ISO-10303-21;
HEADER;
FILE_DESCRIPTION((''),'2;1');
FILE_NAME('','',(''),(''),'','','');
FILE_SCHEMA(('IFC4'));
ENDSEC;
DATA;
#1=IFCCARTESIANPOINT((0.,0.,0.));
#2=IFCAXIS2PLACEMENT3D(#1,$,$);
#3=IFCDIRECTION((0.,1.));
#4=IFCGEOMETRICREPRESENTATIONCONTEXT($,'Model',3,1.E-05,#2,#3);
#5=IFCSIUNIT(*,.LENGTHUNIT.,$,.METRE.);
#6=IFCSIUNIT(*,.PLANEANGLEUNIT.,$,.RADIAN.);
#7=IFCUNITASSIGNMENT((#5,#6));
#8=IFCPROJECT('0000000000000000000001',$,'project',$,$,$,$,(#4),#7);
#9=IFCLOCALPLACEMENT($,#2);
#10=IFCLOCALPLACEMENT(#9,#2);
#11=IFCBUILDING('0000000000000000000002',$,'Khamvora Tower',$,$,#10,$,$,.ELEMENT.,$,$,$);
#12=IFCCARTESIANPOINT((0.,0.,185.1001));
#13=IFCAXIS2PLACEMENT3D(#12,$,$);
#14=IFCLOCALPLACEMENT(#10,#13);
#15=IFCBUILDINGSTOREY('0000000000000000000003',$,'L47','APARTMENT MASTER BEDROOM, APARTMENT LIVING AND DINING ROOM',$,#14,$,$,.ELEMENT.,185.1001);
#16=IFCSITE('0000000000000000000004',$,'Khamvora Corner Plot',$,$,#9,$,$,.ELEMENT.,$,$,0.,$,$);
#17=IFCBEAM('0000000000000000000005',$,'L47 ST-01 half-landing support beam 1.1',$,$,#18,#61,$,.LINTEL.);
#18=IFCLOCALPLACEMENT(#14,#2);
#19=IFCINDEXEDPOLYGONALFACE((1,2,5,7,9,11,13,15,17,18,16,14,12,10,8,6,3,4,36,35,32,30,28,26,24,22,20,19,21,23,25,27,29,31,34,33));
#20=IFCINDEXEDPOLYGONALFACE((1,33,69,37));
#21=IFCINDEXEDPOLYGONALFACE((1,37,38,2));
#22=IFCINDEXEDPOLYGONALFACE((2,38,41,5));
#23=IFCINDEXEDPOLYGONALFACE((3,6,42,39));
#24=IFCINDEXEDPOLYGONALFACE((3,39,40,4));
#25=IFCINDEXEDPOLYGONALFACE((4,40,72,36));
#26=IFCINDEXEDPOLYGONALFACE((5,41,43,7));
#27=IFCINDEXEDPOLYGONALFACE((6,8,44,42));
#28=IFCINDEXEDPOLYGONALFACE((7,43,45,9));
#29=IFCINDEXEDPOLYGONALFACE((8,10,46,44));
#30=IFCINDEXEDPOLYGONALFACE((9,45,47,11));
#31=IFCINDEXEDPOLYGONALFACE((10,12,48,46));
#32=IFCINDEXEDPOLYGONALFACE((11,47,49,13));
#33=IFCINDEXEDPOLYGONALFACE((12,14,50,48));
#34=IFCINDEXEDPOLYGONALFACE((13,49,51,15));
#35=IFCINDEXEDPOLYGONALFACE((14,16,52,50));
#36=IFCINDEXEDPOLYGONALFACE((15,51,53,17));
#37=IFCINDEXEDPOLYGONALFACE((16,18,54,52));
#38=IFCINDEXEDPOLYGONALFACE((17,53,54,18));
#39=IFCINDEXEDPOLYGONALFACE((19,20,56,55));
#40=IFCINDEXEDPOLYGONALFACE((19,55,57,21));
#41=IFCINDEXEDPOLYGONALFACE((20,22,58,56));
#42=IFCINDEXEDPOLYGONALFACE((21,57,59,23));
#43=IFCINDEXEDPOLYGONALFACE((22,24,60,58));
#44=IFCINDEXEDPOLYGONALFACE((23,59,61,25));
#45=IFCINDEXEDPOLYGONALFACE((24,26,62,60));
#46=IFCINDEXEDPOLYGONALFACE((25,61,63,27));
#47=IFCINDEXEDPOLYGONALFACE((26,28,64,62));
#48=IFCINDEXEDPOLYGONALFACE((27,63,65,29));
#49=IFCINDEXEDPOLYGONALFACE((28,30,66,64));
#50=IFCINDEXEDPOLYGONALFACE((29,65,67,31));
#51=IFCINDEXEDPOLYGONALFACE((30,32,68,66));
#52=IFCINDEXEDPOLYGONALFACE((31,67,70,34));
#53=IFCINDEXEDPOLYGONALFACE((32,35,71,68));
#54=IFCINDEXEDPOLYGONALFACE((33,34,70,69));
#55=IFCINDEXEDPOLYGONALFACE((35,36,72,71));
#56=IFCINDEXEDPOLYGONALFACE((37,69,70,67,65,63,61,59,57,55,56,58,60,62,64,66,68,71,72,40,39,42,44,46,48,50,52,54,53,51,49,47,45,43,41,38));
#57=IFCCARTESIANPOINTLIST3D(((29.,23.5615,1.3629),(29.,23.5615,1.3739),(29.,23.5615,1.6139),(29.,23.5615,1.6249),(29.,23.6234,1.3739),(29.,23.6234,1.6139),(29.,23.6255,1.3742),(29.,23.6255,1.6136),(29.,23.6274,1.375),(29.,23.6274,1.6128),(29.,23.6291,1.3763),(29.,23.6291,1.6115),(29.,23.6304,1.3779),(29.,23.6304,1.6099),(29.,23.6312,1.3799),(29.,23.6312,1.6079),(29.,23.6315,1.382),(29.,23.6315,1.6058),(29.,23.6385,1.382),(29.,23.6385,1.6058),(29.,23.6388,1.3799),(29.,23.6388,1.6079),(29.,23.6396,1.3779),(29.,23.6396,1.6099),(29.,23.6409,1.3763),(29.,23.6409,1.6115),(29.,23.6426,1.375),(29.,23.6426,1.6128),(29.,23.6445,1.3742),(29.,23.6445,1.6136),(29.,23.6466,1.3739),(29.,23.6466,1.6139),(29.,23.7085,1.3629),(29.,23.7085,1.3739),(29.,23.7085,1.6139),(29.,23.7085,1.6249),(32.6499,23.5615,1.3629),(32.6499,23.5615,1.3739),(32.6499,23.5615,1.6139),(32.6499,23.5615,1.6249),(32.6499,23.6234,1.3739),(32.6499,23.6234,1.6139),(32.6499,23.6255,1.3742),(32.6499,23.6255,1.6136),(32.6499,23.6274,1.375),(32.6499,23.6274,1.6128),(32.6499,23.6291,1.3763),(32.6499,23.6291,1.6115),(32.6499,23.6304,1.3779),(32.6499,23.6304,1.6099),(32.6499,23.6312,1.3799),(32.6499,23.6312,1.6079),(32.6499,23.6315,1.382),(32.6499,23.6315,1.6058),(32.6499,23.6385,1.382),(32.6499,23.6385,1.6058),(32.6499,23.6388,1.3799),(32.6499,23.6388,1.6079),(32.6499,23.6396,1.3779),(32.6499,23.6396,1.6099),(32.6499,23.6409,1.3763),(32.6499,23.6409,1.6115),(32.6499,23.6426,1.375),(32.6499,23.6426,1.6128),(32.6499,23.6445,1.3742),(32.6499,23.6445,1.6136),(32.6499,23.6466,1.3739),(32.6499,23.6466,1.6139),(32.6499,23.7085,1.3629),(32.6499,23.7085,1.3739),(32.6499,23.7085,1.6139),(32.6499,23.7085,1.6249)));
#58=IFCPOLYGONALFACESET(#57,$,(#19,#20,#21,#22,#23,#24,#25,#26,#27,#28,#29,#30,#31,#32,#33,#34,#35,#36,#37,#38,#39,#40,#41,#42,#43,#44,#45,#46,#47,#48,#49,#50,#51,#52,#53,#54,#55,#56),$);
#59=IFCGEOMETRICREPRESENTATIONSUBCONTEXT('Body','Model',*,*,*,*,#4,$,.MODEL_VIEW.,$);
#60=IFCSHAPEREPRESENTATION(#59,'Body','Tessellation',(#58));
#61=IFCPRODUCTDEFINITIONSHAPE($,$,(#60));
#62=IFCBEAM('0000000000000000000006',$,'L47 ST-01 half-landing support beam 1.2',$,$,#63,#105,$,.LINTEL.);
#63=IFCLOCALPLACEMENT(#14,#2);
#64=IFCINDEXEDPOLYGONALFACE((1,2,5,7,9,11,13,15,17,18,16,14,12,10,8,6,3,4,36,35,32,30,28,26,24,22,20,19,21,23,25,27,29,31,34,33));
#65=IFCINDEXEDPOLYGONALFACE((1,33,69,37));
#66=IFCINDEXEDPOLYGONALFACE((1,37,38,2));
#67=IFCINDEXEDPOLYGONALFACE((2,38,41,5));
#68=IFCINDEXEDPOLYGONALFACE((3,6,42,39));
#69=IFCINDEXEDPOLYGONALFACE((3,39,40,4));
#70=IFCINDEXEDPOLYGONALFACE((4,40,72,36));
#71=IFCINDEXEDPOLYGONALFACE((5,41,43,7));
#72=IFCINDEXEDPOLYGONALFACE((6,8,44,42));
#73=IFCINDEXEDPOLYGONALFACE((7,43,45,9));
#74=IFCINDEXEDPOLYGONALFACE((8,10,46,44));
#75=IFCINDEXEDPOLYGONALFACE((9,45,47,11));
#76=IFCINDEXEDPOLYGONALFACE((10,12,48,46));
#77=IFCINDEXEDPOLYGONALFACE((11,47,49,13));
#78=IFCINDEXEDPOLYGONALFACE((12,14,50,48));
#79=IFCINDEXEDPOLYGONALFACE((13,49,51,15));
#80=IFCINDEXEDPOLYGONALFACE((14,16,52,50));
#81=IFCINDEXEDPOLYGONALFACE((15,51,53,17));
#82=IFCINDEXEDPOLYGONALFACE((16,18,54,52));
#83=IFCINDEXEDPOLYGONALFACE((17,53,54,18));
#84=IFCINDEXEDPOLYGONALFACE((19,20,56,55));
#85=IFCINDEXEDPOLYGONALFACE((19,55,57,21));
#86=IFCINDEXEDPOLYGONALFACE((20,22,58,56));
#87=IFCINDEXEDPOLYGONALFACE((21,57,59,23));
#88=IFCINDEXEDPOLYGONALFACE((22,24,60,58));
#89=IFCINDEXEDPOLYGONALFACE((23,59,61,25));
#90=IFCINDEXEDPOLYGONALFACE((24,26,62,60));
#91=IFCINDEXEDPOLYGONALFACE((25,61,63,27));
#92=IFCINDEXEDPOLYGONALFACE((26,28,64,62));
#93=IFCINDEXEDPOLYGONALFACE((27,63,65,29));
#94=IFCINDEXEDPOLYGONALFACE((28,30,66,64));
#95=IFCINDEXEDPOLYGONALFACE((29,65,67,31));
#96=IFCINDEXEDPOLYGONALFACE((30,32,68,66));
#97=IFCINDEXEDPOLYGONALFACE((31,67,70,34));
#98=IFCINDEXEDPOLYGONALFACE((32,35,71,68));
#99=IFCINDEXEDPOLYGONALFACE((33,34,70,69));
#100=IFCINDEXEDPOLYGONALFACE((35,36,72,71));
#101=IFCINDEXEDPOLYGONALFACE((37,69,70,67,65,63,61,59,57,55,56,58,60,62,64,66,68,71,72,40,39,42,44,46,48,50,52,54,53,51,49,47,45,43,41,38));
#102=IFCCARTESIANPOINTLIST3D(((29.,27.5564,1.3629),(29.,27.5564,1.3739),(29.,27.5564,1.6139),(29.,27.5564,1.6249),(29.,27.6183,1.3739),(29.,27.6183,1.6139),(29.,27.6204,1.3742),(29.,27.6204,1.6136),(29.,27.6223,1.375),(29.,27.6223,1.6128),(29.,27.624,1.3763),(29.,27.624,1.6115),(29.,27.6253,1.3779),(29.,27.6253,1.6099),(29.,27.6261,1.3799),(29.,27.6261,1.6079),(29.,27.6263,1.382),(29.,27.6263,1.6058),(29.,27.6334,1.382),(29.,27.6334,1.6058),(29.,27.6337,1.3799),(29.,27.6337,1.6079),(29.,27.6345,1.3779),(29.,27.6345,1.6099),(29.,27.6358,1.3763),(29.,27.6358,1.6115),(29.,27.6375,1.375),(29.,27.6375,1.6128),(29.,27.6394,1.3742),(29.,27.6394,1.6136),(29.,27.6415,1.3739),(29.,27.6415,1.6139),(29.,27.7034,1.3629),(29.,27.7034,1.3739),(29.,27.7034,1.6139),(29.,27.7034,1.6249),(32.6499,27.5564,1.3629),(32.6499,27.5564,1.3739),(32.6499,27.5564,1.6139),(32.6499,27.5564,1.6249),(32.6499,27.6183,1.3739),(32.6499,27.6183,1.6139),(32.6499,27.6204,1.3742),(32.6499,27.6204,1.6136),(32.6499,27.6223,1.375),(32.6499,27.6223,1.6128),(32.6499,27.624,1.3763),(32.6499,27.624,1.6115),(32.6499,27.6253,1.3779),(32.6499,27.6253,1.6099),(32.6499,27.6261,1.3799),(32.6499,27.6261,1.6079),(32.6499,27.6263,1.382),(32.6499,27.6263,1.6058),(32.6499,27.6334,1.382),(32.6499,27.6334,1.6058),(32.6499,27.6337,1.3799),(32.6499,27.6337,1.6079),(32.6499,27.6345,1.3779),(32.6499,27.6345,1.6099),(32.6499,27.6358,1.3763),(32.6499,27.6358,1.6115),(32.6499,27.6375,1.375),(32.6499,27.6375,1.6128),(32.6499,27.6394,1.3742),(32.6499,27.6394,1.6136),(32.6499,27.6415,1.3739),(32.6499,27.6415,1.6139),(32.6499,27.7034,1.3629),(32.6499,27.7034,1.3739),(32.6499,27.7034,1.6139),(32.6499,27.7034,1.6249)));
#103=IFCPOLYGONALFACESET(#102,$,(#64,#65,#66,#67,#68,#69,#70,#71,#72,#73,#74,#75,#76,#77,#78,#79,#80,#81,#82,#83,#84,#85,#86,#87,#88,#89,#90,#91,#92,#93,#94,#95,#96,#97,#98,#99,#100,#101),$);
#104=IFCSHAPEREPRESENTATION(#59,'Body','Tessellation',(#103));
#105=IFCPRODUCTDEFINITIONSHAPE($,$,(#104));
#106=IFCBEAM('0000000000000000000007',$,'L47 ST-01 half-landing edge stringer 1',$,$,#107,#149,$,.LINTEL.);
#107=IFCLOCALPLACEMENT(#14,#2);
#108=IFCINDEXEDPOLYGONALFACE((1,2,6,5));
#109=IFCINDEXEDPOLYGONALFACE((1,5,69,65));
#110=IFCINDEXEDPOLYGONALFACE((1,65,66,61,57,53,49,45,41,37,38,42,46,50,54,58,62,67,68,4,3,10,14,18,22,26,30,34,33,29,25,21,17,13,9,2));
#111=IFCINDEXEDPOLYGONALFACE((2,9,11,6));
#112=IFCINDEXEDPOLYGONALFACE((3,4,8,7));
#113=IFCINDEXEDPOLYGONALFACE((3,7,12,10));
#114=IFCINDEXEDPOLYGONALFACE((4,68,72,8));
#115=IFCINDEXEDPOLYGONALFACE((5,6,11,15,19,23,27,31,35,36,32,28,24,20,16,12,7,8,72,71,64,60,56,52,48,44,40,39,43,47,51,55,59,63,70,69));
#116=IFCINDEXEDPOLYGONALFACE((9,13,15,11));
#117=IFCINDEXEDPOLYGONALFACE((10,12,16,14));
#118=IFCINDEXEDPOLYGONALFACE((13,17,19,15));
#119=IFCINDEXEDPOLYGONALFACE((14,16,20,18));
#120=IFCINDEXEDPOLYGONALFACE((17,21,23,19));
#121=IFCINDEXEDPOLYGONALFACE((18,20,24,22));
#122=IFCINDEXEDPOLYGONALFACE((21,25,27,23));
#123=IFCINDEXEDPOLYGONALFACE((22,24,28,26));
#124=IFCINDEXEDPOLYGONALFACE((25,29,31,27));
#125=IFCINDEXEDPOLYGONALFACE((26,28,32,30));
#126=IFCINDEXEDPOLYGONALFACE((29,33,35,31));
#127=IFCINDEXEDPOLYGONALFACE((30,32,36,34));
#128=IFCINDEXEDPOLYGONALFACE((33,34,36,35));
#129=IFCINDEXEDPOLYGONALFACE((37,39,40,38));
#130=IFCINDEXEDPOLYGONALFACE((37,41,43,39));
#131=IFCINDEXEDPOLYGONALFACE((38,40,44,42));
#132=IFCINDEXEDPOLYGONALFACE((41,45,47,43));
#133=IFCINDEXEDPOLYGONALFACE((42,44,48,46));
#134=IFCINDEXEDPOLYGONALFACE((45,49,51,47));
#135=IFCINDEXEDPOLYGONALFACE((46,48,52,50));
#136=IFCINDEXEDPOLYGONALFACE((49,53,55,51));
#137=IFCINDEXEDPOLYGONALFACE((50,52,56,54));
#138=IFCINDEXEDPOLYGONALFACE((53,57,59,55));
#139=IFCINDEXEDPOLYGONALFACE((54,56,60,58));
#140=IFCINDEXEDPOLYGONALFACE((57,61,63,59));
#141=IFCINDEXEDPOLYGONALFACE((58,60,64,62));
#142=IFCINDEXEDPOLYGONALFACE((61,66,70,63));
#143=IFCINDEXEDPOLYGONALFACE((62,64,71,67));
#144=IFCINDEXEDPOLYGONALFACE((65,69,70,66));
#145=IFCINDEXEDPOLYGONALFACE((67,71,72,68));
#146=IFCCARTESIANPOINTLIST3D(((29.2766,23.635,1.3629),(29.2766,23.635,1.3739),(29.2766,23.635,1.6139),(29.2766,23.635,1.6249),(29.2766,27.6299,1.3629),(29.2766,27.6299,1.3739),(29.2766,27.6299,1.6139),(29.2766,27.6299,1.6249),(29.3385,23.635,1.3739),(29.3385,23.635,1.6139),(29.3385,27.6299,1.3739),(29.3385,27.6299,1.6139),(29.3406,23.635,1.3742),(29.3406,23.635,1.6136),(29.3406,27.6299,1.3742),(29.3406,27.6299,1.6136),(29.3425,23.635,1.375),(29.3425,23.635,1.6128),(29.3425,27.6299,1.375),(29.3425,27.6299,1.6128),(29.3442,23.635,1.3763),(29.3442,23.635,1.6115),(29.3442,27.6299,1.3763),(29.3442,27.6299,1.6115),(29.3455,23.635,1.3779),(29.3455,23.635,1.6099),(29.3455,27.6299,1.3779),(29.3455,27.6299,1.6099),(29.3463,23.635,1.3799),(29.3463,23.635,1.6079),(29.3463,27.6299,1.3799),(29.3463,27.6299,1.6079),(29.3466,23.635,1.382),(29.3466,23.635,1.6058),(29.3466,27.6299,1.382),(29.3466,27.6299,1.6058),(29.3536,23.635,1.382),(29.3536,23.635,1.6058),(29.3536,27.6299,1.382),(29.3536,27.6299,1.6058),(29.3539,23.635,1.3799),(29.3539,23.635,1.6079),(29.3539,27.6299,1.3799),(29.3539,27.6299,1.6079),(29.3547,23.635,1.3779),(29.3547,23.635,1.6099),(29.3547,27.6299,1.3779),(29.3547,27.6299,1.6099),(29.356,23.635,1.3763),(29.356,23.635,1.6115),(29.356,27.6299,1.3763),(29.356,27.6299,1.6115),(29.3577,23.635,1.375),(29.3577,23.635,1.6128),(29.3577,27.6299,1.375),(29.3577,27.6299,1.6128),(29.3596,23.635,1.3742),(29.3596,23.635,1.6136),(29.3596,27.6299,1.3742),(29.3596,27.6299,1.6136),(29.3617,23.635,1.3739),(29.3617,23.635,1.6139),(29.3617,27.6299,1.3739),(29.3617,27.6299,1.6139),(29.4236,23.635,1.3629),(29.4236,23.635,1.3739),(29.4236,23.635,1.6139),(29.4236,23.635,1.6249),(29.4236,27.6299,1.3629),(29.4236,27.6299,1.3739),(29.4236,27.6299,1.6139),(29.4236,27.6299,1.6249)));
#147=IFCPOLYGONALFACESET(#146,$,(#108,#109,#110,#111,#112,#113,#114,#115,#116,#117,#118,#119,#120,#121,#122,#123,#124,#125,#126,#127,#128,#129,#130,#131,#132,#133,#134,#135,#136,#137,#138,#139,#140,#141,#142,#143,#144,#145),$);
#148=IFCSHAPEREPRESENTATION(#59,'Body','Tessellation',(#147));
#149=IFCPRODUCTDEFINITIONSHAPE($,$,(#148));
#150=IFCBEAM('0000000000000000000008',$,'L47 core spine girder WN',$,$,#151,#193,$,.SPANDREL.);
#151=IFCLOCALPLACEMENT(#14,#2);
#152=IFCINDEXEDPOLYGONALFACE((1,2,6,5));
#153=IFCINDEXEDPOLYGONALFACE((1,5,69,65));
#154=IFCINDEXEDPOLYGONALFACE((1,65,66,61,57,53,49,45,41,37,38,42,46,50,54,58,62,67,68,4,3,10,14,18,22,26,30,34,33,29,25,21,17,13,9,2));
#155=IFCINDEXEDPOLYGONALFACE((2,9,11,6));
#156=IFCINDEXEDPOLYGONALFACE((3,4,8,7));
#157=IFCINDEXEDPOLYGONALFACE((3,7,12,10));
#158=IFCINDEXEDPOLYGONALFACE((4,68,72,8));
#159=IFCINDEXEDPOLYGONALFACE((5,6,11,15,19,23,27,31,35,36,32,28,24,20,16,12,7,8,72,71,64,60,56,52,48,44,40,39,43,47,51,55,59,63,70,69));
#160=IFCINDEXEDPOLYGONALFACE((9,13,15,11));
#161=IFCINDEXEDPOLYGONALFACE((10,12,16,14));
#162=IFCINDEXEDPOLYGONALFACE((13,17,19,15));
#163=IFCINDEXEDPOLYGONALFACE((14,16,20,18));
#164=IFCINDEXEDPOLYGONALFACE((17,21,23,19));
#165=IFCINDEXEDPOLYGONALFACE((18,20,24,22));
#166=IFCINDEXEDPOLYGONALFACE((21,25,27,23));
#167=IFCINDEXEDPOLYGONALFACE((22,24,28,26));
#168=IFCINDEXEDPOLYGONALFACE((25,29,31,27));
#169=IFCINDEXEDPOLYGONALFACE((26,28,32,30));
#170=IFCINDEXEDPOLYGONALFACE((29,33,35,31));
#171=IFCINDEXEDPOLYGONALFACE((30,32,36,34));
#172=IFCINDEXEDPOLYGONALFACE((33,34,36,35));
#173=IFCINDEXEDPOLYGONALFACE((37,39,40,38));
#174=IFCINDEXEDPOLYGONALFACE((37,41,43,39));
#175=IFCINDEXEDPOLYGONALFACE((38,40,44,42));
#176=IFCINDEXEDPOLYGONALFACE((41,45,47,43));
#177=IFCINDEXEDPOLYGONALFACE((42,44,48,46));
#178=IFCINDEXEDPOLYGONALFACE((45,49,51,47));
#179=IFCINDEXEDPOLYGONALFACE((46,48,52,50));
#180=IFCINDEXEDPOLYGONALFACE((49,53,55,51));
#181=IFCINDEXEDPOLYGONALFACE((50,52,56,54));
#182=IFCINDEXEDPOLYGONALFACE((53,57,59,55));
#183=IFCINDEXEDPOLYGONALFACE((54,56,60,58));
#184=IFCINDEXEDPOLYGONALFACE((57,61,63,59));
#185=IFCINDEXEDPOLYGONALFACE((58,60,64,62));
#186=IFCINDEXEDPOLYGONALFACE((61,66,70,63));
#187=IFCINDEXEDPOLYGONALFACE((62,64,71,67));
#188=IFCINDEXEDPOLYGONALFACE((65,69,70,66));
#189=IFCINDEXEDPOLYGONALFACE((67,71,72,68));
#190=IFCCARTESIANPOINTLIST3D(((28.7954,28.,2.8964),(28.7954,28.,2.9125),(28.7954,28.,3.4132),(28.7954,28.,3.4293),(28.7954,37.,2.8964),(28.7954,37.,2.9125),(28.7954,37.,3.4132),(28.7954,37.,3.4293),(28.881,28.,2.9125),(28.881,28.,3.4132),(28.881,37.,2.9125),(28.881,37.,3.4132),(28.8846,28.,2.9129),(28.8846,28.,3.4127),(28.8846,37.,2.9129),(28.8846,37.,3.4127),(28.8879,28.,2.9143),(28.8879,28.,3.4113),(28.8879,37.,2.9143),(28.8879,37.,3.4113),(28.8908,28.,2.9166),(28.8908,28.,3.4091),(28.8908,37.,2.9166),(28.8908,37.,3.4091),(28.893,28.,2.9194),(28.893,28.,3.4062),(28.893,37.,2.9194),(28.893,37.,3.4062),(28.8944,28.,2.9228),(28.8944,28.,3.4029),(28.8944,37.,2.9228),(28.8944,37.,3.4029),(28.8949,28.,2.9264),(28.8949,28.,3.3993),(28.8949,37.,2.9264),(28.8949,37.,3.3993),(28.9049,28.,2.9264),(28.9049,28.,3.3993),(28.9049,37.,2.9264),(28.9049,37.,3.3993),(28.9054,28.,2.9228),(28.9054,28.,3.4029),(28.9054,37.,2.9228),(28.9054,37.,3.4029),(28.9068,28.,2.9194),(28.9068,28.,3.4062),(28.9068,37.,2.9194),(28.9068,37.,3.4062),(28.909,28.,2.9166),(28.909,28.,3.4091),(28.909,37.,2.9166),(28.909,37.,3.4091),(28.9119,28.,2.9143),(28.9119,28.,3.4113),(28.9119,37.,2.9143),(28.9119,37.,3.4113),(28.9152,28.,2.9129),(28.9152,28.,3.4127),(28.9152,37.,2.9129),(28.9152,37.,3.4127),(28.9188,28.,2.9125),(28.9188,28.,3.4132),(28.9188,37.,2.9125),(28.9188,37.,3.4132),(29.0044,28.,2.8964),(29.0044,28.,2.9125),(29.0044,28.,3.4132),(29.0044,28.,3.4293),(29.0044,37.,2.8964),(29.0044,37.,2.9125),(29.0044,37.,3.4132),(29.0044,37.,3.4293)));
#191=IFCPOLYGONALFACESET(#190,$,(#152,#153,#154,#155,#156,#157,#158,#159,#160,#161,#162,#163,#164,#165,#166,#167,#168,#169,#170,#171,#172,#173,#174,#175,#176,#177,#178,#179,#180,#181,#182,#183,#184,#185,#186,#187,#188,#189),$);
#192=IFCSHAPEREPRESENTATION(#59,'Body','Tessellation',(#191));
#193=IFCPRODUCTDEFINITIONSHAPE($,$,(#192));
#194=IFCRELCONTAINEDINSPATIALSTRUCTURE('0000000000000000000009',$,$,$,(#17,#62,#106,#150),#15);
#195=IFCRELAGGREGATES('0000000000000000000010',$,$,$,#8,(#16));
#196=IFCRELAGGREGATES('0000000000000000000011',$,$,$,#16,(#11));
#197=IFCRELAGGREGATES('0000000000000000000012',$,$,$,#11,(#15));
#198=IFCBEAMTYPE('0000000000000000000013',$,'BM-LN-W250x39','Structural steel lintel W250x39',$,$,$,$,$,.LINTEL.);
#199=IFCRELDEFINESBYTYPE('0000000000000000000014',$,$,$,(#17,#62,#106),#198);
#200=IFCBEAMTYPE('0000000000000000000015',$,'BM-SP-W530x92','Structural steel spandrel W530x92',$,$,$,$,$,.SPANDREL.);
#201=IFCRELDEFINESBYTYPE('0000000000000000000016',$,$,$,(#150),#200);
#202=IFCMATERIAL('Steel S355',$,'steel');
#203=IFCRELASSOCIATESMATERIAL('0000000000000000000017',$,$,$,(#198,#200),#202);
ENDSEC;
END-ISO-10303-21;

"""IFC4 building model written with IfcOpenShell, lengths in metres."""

from ifc_helpers import new_model, si_unit, direction, frame, origin, origin_2d, place, context, subcontext, project, spatial, i_section, extrude, material, material_profile, profile_set, type_object, element, save


model = new_model("IFC4")

# Units and contexts
model_context = context("Model", 3, precision=1e-05, world=origin(), true_north=direction((0.0, 1.0)))
body_context = subcontext(model_context, "Body", "Model", "MODEL_VIEW")
ifc_project = project(units=[si_unit("LENGTHUNIT", "METRE"), si_unit("PLANEANGLEUNIT", "RADIAN")], contexts=[model_context])

# Site, building, storey
site_placement = place(None, origin())
site = spatial("IfcSite", under=ifc_project, at=site_placement, Name="Khamvora Corner Plot", CompositionType="ELEMENT", RefElevation=0.0)
building_placement = place(site_placement, origin())
building = spatial("IfcBuilding", under=site, at=building_placement, Name="Khamvora Tower", CompositionType="ELEMENT")
storey_placement = place(building_placement, frame((0.0, 0.0, 185.1001)))
storey = spatial("IfcBuildingStorey", under=building, at=storey_placement, Name="L47", Description="APARTMENT MASTER BEDROOM, APARTMENT LIVING AND DINING ROOM", CompositionType="ELEMENT", Elevation=185.1001)

# Beams
ifc_material_1 = material(Name="Steel S355", Category="steel")
ifc_material_profile_1 = material_profile(ifc_material_1, i_section(OverallWidth=0.147, OverallDepth=0.262, WebThickness=0.0071, FlangeThickness=0.011, FilletRadius=0.0081, at=origin_2d()), Name="W250x39")
ifc_profile_set_1 = profile_set([ifc_material_profile_1], Name="Steel S355")
beam_type_1 = type_object("IfcBeamType", Name="BM-LN-W250x39", Description="Structural steel lintel W250x39", PredefinedType="LINTEL", material=ifc_profile_set_1)
for number, where, z_axis, x_axis, name in (
    (1, (29.0, 23.635, 1.4939), (1.0, 0.0, 0.0), (0.0, 1.0, 0.0), "L47 ST-01 half-landing support beam 1.1"),
    (2, (29.0, 27.6299, 1.4939), (1.0, 0.0, 0.0), (0.0, 1.0, 0.0), "L47 ST-01 half-landing support beam 1.2"),
):
    element("IfcBeam", number, at=place(storey_placement, frame(where, z_axis=z_axis, x_axis=x_axis)), inside=storey, type_object=beam_type_1, Name=name, PredefinedType="LINTEL", context=body_context, shape_type="SweptSolid", body=[
        extrude(i_section(OverallWidth=0.147, OverallDepth=0.262, WebThickness=0.0071, FlangeThickness=0.011, FilletRadius=0.0081, at=origin_2d()), origin(), (0.0, 0.0, 1.0), 3.6499),
    ])
beam_1_placement = place(storey_placement, frame((29.3501, 23.635, 1.4939), z_axis=(0.0, 1.0, 0.0), x_axis=(-1.0, 0.0, 0.0)))
element("IfcBeam", 3, at=beam_1_placement, inside=storey, type_object=beam_type_1, Name="L47 ST-01 half-landing edge stringer 1", PredefinedType="LINTEL", context=body_context, shape_type="SweptSolid", body=[
    extrude(i_section(OverallWidth=0.147, OverallDepth=0.262, WebThickness=0.0071, FlangeThickness=0.011, FilletRadius=0.0081, at=origin_2d()), origin(), (0.0, 0.0, 1.0), 3.9949),
])
ifc_material_profile_2 = material_profile(ifc_material_1, i_section(OverallWidth=0.209, OverallDepth=0.533, WebThickness=0.01, FlangeThickness=0.0161, FilletRadius=0.0139, at=origin_2d()), Name="W530x92")
ifc_profile_set_2 = profile_set([ifc_material_profile_2], Name="Steel S355")
beam_type_2 = type_object("IfcBeamType", Name="BM-SP-W530x92", Description="Structural steel spandrel W530x92", PredefinedType="SPANDREL", material=ifc_profile_set_2)
beam_2_placement = place(storey_placement, frame((28.8999, 28.0, 3.1628), z_axis=(0.0, 1.0, 0.0), x_axis=(-1.0, 0.0, 0.0)))
element("IfcBeam", 4, at=beam_2_placement, inside=storey, type_object=beam_type_2, Name="L47 core spine girder WN", PredefinedType="SPANDREL", context=body_context, shape_type="SweptSolid", body=[
    extrude(i_section(OverallWidth=0.209, OverallDepth=0.533, WebThickness=0.01, FlangeThickness=0.0161, FilletRadius=0.0139, at=origin_2d()), origin(), (0.0, 0.0, 1.0), 9.0),
])

save(model, "model.ifc")
